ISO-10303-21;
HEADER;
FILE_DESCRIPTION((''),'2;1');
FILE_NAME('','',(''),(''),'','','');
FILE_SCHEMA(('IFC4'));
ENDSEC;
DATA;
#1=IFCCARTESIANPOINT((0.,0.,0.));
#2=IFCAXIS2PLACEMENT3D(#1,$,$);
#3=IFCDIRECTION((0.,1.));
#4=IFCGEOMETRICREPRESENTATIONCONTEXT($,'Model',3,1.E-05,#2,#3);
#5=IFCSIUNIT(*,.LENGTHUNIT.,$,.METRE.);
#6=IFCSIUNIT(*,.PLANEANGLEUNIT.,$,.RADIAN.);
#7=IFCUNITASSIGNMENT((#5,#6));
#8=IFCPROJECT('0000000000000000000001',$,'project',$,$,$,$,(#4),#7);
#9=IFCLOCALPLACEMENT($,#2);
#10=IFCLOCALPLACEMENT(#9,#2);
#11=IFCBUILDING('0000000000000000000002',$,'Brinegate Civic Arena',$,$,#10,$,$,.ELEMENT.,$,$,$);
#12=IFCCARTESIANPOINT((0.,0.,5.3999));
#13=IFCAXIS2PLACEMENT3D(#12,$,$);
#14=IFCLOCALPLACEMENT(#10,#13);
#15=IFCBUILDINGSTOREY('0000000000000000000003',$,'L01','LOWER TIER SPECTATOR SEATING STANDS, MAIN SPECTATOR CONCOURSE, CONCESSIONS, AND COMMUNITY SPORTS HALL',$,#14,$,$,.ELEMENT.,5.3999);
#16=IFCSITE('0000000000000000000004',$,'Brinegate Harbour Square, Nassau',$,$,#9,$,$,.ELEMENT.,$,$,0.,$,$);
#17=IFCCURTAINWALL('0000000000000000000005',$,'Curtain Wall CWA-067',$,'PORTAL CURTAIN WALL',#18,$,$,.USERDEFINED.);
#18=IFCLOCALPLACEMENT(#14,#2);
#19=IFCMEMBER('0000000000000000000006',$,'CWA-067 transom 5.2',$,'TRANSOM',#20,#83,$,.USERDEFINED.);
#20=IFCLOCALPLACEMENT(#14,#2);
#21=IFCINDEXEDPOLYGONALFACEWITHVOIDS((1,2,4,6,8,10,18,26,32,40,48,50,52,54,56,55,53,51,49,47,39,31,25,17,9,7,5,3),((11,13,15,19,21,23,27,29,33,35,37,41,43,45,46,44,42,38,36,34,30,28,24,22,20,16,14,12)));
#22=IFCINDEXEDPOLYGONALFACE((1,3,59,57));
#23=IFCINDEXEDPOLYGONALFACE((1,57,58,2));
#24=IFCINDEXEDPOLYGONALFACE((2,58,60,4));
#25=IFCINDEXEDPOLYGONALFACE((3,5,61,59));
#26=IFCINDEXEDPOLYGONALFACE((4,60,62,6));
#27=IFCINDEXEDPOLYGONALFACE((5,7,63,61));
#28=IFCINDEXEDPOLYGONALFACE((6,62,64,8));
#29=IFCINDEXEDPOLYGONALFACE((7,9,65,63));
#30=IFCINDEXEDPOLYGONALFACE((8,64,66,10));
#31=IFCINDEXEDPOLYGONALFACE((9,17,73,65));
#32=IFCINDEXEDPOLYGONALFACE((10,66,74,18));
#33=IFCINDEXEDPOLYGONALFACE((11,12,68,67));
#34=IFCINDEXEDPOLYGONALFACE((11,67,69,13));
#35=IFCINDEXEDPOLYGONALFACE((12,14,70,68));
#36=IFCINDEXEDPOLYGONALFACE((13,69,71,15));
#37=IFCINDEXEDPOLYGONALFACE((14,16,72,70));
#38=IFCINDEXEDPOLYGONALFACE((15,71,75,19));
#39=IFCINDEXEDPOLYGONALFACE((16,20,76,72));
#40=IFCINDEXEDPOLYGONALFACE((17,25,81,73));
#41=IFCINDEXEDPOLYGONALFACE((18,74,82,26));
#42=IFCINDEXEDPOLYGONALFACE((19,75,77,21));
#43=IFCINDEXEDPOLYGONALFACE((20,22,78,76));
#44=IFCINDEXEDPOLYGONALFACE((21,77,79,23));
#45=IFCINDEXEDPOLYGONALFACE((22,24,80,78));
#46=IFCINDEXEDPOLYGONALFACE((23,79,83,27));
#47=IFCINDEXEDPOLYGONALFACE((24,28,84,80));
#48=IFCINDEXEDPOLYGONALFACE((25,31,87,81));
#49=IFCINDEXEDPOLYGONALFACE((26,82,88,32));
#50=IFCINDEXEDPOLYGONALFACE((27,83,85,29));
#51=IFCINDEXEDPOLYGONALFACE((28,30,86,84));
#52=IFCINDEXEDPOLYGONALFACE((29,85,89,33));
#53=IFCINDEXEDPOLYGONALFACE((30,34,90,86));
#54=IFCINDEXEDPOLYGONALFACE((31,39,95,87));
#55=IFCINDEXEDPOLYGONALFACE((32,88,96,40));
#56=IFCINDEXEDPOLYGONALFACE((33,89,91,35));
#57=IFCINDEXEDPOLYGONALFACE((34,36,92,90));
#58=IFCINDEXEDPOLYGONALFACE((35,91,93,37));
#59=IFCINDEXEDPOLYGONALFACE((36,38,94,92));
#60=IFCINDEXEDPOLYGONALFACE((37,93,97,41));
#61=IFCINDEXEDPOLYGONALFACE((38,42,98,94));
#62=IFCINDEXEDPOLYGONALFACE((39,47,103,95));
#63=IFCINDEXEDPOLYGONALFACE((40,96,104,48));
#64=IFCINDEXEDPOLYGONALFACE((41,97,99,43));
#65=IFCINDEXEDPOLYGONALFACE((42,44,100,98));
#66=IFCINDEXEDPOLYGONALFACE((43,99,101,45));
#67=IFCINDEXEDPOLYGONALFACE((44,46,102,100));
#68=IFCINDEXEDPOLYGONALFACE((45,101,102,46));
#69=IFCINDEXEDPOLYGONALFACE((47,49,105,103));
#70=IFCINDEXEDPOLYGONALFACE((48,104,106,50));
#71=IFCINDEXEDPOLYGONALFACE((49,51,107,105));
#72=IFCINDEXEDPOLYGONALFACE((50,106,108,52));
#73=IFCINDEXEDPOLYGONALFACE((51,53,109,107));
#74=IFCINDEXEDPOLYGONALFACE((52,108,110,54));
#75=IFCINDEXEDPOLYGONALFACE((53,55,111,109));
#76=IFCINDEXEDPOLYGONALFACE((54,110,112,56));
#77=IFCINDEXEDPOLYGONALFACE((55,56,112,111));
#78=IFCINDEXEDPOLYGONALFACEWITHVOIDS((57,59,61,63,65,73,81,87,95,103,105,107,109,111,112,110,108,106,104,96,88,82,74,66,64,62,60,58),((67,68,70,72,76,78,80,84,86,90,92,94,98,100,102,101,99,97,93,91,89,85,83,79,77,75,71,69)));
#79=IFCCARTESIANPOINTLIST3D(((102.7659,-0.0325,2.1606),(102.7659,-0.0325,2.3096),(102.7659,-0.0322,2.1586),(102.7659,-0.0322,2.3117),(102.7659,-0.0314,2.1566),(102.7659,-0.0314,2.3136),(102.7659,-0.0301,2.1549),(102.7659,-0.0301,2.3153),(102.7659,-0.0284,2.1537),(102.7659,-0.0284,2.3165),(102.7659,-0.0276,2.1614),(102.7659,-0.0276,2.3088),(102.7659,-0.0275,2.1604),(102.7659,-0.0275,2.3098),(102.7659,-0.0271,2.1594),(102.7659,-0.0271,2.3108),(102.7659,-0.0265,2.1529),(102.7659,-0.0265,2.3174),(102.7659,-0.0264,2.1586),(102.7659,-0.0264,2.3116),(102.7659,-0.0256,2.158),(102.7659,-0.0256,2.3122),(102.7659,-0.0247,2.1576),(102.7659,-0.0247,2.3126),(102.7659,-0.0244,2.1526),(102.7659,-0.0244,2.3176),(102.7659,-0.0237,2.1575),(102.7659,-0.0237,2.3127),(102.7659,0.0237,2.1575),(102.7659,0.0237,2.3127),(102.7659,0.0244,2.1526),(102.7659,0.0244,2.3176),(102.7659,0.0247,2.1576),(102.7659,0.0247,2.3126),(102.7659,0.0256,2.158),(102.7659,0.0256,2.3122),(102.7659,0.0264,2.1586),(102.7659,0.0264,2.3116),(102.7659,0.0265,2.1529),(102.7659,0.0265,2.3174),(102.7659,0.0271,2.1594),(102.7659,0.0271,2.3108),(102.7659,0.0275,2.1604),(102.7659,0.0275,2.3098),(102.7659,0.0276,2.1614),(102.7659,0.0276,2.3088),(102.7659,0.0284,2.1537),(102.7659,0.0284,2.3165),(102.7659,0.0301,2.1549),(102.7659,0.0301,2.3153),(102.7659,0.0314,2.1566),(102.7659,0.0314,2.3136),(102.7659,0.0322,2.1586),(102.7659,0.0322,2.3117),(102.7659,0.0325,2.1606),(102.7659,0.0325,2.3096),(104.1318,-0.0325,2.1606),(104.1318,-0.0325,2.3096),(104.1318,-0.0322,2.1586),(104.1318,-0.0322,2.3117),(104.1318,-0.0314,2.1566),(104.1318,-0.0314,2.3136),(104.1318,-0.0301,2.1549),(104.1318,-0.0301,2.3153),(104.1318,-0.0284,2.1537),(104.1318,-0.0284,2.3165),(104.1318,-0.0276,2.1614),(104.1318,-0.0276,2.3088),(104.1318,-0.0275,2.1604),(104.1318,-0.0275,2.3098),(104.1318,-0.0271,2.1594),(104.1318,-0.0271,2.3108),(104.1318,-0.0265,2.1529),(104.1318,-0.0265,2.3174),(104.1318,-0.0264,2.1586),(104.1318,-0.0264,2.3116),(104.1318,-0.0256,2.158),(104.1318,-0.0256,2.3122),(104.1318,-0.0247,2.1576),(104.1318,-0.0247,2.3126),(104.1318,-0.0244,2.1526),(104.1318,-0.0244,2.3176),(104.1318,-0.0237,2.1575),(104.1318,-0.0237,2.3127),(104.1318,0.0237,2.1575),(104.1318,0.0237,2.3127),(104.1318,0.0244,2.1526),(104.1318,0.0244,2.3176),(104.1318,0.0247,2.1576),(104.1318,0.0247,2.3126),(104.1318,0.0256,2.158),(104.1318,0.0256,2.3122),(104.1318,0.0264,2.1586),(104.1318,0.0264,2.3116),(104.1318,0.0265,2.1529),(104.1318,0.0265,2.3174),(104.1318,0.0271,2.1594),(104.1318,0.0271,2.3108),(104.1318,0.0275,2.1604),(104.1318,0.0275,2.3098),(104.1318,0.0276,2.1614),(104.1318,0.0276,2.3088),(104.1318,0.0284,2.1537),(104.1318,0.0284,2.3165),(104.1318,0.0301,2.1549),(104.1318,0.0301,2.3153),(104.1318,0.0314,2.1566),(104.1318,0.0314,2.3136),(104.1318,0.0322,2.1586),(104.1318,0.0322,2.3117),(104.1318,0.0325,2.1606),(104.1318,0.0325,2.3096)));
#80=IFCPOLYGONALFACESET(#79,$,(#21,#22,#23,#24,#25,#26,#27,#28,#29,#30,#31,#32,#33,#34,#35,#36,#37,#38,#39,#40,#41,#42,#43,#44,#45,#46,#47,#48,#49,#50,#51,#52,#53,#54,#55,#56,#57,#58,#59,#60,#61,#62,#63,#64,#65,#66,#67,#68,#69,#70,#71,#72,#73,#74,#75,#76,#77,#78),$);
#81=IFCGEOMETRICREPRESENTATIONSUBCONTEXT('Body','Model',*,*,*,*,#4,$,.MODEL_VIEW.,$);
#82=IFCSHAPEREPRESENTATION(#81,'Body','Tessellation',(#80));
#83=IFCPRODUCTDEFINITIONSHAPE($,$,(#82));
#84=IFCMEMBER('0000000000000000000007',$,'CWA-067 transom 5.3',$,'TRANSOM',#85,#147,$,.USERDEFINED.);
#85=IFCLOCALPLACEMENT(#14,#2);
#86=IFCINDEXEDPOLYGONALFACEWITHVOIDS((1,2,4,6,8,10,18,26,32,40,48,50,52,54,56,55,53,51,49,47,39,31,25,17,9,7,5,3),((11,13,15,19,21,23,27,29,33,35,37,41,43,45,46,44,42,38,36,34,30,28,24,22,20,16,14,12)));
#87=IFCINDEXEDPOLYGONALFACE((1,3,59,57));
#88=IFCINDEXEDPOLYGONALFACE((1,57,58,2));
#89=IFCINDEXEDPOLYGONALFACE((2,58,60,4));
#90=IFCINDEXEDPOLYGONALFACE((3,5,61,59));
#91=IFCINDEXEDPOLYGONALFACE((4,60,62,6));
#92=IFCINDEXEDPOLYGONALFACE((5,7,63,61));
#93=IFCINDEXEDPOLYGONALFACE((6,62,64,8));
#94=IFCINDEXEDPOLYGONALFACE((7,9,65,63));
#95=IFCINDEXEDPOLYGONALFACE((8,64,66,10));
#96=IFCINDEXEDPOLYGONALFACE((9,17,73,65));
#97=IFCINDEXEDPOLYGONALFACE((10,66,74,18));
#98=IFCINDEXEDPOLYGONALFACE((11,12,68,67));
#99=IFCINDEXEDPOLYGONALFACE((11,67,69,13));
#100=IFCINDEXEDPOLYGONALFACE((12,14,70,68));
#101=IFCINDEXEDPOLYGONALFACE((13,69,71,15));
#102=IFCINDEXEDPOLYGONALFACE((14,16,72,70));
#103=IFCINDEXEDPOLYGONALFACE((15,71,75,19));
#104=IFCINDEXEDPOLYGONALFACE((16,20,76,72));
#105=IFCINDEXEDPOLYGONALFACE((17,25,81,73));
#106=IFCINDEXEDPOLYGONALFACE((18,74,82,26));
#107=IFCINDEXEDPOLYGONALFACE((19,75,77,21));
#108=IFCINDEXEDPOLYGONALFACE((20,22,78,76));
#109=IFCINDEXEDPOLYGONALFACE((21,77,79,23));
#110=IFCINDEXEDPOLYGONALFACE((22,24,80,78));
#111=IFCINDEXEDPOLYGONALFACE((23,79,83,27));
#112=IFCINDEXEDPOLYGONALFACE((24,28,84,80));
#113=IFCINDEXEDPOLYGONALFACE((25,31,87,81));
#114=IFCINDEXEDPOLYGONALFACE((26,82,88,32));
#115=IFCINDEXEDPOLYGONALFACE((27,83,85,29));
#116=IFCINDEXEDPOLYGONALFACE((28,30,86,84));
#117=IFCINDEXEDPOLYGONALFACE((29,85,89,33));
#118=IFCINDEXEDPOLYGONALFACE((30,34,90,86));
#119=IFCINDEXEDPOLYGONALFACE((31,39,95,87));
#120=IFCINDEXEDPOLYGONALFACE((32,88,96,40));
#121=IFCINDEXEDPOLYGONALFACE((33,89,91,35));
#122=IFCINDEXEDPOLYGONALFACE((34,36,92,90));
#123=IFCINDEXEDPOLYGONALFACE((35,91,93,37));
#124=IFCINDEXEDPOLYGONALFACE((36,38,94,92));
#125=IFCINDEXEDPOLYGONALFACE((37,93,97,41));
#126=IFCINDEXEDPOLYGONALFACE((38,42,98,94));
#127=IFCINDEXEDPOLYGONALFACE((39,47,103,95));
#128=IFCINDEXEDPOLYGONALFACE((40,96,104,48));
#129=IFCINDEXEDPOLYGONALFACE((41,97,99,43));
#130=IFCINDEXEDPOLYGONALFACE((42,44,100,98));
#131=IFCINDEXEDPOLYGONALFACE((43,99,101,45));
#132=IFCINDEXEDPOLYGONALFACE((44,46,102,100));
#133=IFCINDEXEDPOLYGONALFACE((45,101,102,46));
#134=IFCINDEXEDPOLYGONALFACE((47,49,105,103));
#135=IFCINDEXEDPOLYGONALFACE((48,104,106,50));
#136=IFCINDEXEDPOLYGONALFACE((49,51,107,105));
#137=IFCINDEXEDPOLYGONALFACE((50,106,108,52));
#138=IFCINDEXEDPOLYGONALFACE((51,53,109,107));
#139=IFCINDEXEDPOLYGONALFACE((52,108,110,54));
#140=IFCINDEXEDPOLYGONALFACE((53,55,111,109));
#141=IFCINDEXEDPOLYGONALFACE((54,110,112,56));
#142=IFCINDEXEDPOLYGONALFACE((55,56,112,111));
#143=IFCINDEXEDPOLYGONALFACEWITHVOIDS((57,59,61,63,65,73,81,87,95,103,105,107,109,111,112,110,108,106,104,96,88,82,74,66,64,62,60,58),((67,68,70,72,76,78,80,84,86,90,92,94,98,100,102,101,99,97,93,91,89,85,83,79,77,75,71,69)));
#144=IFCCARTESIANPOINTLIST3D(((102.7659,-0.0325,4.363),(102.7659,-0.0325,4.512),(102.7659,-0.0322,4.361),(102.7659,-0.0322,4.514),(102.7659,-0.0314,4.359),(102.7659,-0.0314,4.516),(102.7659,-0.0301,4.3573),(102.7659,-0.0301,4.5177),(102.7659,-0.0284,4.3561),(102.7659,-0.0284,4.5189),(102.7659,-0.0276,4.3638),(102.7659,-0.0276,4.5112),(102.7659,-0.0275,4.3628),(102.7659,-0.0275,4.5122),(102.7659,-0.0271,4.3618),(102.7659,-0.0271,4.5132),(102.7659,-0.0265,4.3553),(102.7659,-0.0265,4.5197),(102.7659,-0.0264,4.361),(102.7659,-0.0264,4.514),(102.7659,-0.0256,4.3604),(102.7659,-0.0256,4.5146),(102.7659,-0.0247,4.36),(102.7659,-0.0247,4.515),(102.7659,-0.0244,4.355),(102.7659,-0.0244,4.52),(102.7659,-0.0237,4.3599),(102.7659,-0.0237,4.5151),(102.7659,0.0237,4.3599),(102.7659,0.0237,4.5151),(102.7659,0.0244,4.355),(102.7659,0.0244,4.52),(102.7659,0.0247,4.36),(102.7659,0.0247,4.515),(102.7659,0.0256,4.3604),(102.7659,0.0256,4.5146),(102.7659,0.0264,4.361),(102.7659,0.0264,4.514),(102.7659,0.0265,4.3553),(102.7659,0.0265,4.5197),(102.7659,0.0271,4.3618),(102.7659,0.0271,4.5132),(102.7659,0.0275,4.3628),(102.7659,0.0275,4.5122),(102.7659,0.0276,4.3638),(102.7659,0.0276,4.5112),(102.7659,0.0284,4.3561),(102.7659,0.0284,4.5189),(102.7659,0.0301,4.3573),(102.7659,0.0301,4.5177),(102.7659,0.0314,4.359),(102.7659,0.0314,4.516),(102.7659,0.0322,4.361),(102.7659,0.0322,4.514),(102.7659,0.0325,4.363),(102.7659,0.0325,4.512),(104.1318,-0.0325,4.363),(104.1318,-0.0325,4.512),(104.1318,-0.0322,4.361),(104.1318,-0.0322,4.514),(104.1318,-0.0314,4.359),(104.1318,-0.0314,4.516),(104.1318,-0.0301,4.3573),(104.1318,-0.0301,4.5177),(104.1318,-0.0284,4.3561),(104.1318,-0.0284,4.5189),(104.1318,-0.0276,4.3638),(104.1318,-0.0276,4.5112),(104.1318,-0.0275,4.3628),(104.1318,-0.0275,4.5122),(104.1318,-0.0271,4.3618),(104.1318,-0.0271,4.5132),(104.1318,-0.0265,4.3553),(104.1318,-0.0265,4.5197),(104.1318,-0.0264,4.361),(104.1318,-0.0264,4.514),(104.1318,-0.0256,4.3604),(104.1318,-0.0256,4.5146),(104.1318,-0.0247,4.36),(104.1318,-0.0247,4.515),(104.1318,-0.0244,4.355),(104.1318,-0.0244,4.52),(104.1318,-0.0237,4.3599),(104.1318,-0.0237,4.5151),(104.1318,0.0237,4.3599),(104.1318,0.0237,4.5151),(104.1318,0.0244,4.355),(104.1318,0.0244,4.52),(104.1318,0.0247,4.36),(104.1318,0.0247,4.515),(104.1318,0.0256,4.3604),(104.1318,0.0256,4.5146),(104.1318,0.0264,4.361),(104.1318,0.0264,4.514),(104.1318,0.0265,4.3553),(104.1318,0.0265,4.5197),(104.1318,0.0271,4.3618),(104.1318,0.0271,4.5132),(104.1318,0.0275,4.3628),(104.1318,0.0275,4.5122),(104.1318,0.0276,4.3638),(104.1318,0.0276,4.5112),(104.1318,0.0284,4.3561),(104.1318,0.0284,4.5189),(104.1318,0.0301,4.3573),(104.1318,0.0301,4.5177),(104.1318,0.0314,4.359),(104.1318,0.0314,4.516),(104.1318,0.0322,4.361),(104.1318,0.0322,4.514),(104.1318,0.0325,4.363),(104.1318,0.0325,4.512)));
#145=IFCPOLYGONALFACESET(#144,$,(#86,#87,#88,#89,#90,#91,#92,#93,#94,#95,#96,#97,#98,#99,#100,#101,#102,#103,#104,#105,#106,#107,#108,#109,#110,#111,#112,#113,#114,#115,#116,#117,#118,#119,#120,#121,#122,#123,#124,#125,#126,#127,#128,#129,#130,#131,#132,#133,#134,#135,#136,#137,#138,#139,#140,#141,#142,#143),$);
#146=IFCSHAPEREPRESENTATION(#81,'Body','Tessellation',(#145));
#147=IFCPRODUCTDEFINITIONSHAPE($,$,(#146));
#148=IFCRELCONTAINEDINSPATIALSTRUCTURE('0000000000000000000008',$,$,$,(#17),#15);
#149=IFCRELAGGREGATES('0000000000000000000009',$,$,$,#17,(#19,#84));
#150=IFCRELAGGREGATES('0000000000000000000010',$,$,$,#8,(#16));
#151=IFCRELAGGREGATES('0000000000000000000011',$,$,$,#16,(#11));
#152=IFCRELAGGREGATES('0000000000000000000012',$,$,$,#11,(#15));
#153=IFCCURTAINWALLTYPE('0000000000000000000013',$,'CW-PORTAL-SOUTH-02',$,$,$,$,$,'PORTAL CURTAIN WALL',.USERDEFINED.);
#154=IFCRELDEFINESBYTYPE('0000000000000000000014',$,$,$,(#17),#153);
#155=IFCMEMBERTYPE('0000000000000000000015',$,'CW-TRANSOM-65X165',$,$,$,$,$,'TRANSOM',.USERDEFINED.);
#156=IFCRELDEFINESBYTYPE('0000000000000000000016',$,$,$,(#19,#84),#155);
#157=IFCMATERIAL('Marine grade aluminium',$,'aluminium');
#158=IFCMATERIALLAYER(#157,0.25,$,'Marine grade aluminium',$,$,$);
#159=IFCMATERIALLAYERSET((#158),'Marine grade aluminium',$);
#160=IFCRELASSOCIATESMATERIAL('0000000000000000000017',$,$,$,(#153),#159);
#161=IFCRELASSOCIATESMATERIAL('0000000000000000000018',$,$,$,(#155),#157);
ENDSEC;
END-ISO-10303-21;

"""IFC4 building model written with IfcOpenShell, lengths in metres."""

from ifc_helpers import new_model, si_unit, direction, frame, origin, origin_2d, place, context, subcontext, project, spatial, hollow_rectangle, extrude, material, layer, layer_set, material_profile, profile_set, type_object, element, aggregate, save


model = new_model("IFC4")

# Units and contexts
model_context = context("Model", 3, precision=1e-05, world=origin(), true_north=direction((0.0, 1.0)))
body_context = subcontext(model_context, "Body", "Model", "MODEL_VIEW")
ifc_project = project(units=[si_unit("LENGTHUNIT", "METRE"), si_unit("PLANEANGLEUNIT", "RADIAN")], contexts=[model_context])

# Site, building, storey
site_placement = place(None, origin())
site = spatial("IfcSite", under=ifc_project, at=site_placement, Name="Brinegate Harbour Square, Nassau", CompositionType="ELEMENT", RefElevation=0.0)
building_placement = place(site_placement, origin())
building = spatial("IfcBuilding", under=site, at=building_placement, Name="Brinegate Civic Arena", CompositionType="ELEMENT")
storey_placement = place(building_placement, frame((0.0, 0.0, 5.3999)))
storey = spatial("IfcBuildingStorey", under=building, at=storey_placement, Name="L01", Description="LOWER TIER SPECTATOR SEATING STANDS, MAIN SPECTATOR CONCOURSE, CONCESSIONS, AND COMMUNITY SPORTS HALL", CompositionType="ELEMENT", Elevation=5.3999)

# Curtain wall, members
ifc_material_1 = material(Name="Marine grade aluminium", Category="aluminium")
ifc_layer_1 = layer(ifc_material_1, 0.25, Name="Marine grade aluminium")
ifc_layer_set_1 = layer_set([ifc_layer_1], Name="Marine grade aluminium")
curtain_wall_type = type_object("IfcCurtainWallType", Name="CW-PORTAL-SOUTH-02", ElementType="PORTAL CURTAIN WALL", PredefinedType="USERDEFINED", material=ifc_layer_set_1)
curtain_wall_placement = place(storey_placement, origin())
curtain_wall = element("IfcCurtainWall", 1, at=curtain_wall_placement, inside=storey, type_object=curtain_wall_type, Name="Curtain Wall CWA-067", ObjectType="PORTAL CURTAIN WALL", PredefinedType="USERDEFINED")
ifc_material_profile_1 = material_profile(ifc_material_1, hollow_rectangle(XDim=0.0649, YDim=0.165, WallThickness=0.0049, InnerFilletRadius=0.0039, OuterFilletRadius=0.0081, at=origin_2d()), Name="TRN65X165")
ifc_profile_set_1 = profile_set([ifc_material_profile_1], Name="Marine grade aluminium")
member_type_1 = type_object("IfcMemberType", Name="CW-TRANSOM-65X165", ElementType="TRANSOM", PredefinedType="USERDEFINED", material=ifc_profile_set_1)
member_1_placement = place(storey_placement, frame((102.7659, 0.0, 2.2351), z_axis=(1.0, 0.0, 0.0), x_axis=(0.0, 1.0, 0.0)))
member_1 = element("IfcMember", 2, at=member_1_placement, type_object=member_type_1, Name="CWA-067 transom 5.2", ObjectType="TRANSOM", PredefinedType="USERDEFINED", context=body_context, shape_type="SweptSolid", body=[
    extrude(hollow_rectangle(XDim=0.0649, YDim=0.165, WallThickness=0.0049, InnerFilletRadius=0.0039, OuterFilletRadius=0.0081, at=origin_2d()), origin(), (0.0, 0.0, 1.0), 1.366),
])
member_2_placement = place(storey_placement, frame((102.7659, 0.0, 4.4375), z_axis=(1.0, 0.0, 0.0), x_axis=(0.0, 1.0, 0.0)))
member_2 = element("IfcMember", 3, at=member_2_placement, type_object=member_type_1, Name="CWA-067 transom 5.3", ObjectType="TRANSOM", PredefinedType="USERDEFINED", context=body_context, shape_type="SweptSolid", body=[
    extrude(hollow_rectangle(XDim=0.0649, YDim=0.165, WallThickness=0.0049, InnerFilletRadius=0.0039, OuterFilletRadius=0.0081, at=origin_2d()), origin(), (0.0, 0.0, 1.0), 1.366),
])
aggregate(curtain_wall, [member_1, member_2])

save(model, "model.ifc")
